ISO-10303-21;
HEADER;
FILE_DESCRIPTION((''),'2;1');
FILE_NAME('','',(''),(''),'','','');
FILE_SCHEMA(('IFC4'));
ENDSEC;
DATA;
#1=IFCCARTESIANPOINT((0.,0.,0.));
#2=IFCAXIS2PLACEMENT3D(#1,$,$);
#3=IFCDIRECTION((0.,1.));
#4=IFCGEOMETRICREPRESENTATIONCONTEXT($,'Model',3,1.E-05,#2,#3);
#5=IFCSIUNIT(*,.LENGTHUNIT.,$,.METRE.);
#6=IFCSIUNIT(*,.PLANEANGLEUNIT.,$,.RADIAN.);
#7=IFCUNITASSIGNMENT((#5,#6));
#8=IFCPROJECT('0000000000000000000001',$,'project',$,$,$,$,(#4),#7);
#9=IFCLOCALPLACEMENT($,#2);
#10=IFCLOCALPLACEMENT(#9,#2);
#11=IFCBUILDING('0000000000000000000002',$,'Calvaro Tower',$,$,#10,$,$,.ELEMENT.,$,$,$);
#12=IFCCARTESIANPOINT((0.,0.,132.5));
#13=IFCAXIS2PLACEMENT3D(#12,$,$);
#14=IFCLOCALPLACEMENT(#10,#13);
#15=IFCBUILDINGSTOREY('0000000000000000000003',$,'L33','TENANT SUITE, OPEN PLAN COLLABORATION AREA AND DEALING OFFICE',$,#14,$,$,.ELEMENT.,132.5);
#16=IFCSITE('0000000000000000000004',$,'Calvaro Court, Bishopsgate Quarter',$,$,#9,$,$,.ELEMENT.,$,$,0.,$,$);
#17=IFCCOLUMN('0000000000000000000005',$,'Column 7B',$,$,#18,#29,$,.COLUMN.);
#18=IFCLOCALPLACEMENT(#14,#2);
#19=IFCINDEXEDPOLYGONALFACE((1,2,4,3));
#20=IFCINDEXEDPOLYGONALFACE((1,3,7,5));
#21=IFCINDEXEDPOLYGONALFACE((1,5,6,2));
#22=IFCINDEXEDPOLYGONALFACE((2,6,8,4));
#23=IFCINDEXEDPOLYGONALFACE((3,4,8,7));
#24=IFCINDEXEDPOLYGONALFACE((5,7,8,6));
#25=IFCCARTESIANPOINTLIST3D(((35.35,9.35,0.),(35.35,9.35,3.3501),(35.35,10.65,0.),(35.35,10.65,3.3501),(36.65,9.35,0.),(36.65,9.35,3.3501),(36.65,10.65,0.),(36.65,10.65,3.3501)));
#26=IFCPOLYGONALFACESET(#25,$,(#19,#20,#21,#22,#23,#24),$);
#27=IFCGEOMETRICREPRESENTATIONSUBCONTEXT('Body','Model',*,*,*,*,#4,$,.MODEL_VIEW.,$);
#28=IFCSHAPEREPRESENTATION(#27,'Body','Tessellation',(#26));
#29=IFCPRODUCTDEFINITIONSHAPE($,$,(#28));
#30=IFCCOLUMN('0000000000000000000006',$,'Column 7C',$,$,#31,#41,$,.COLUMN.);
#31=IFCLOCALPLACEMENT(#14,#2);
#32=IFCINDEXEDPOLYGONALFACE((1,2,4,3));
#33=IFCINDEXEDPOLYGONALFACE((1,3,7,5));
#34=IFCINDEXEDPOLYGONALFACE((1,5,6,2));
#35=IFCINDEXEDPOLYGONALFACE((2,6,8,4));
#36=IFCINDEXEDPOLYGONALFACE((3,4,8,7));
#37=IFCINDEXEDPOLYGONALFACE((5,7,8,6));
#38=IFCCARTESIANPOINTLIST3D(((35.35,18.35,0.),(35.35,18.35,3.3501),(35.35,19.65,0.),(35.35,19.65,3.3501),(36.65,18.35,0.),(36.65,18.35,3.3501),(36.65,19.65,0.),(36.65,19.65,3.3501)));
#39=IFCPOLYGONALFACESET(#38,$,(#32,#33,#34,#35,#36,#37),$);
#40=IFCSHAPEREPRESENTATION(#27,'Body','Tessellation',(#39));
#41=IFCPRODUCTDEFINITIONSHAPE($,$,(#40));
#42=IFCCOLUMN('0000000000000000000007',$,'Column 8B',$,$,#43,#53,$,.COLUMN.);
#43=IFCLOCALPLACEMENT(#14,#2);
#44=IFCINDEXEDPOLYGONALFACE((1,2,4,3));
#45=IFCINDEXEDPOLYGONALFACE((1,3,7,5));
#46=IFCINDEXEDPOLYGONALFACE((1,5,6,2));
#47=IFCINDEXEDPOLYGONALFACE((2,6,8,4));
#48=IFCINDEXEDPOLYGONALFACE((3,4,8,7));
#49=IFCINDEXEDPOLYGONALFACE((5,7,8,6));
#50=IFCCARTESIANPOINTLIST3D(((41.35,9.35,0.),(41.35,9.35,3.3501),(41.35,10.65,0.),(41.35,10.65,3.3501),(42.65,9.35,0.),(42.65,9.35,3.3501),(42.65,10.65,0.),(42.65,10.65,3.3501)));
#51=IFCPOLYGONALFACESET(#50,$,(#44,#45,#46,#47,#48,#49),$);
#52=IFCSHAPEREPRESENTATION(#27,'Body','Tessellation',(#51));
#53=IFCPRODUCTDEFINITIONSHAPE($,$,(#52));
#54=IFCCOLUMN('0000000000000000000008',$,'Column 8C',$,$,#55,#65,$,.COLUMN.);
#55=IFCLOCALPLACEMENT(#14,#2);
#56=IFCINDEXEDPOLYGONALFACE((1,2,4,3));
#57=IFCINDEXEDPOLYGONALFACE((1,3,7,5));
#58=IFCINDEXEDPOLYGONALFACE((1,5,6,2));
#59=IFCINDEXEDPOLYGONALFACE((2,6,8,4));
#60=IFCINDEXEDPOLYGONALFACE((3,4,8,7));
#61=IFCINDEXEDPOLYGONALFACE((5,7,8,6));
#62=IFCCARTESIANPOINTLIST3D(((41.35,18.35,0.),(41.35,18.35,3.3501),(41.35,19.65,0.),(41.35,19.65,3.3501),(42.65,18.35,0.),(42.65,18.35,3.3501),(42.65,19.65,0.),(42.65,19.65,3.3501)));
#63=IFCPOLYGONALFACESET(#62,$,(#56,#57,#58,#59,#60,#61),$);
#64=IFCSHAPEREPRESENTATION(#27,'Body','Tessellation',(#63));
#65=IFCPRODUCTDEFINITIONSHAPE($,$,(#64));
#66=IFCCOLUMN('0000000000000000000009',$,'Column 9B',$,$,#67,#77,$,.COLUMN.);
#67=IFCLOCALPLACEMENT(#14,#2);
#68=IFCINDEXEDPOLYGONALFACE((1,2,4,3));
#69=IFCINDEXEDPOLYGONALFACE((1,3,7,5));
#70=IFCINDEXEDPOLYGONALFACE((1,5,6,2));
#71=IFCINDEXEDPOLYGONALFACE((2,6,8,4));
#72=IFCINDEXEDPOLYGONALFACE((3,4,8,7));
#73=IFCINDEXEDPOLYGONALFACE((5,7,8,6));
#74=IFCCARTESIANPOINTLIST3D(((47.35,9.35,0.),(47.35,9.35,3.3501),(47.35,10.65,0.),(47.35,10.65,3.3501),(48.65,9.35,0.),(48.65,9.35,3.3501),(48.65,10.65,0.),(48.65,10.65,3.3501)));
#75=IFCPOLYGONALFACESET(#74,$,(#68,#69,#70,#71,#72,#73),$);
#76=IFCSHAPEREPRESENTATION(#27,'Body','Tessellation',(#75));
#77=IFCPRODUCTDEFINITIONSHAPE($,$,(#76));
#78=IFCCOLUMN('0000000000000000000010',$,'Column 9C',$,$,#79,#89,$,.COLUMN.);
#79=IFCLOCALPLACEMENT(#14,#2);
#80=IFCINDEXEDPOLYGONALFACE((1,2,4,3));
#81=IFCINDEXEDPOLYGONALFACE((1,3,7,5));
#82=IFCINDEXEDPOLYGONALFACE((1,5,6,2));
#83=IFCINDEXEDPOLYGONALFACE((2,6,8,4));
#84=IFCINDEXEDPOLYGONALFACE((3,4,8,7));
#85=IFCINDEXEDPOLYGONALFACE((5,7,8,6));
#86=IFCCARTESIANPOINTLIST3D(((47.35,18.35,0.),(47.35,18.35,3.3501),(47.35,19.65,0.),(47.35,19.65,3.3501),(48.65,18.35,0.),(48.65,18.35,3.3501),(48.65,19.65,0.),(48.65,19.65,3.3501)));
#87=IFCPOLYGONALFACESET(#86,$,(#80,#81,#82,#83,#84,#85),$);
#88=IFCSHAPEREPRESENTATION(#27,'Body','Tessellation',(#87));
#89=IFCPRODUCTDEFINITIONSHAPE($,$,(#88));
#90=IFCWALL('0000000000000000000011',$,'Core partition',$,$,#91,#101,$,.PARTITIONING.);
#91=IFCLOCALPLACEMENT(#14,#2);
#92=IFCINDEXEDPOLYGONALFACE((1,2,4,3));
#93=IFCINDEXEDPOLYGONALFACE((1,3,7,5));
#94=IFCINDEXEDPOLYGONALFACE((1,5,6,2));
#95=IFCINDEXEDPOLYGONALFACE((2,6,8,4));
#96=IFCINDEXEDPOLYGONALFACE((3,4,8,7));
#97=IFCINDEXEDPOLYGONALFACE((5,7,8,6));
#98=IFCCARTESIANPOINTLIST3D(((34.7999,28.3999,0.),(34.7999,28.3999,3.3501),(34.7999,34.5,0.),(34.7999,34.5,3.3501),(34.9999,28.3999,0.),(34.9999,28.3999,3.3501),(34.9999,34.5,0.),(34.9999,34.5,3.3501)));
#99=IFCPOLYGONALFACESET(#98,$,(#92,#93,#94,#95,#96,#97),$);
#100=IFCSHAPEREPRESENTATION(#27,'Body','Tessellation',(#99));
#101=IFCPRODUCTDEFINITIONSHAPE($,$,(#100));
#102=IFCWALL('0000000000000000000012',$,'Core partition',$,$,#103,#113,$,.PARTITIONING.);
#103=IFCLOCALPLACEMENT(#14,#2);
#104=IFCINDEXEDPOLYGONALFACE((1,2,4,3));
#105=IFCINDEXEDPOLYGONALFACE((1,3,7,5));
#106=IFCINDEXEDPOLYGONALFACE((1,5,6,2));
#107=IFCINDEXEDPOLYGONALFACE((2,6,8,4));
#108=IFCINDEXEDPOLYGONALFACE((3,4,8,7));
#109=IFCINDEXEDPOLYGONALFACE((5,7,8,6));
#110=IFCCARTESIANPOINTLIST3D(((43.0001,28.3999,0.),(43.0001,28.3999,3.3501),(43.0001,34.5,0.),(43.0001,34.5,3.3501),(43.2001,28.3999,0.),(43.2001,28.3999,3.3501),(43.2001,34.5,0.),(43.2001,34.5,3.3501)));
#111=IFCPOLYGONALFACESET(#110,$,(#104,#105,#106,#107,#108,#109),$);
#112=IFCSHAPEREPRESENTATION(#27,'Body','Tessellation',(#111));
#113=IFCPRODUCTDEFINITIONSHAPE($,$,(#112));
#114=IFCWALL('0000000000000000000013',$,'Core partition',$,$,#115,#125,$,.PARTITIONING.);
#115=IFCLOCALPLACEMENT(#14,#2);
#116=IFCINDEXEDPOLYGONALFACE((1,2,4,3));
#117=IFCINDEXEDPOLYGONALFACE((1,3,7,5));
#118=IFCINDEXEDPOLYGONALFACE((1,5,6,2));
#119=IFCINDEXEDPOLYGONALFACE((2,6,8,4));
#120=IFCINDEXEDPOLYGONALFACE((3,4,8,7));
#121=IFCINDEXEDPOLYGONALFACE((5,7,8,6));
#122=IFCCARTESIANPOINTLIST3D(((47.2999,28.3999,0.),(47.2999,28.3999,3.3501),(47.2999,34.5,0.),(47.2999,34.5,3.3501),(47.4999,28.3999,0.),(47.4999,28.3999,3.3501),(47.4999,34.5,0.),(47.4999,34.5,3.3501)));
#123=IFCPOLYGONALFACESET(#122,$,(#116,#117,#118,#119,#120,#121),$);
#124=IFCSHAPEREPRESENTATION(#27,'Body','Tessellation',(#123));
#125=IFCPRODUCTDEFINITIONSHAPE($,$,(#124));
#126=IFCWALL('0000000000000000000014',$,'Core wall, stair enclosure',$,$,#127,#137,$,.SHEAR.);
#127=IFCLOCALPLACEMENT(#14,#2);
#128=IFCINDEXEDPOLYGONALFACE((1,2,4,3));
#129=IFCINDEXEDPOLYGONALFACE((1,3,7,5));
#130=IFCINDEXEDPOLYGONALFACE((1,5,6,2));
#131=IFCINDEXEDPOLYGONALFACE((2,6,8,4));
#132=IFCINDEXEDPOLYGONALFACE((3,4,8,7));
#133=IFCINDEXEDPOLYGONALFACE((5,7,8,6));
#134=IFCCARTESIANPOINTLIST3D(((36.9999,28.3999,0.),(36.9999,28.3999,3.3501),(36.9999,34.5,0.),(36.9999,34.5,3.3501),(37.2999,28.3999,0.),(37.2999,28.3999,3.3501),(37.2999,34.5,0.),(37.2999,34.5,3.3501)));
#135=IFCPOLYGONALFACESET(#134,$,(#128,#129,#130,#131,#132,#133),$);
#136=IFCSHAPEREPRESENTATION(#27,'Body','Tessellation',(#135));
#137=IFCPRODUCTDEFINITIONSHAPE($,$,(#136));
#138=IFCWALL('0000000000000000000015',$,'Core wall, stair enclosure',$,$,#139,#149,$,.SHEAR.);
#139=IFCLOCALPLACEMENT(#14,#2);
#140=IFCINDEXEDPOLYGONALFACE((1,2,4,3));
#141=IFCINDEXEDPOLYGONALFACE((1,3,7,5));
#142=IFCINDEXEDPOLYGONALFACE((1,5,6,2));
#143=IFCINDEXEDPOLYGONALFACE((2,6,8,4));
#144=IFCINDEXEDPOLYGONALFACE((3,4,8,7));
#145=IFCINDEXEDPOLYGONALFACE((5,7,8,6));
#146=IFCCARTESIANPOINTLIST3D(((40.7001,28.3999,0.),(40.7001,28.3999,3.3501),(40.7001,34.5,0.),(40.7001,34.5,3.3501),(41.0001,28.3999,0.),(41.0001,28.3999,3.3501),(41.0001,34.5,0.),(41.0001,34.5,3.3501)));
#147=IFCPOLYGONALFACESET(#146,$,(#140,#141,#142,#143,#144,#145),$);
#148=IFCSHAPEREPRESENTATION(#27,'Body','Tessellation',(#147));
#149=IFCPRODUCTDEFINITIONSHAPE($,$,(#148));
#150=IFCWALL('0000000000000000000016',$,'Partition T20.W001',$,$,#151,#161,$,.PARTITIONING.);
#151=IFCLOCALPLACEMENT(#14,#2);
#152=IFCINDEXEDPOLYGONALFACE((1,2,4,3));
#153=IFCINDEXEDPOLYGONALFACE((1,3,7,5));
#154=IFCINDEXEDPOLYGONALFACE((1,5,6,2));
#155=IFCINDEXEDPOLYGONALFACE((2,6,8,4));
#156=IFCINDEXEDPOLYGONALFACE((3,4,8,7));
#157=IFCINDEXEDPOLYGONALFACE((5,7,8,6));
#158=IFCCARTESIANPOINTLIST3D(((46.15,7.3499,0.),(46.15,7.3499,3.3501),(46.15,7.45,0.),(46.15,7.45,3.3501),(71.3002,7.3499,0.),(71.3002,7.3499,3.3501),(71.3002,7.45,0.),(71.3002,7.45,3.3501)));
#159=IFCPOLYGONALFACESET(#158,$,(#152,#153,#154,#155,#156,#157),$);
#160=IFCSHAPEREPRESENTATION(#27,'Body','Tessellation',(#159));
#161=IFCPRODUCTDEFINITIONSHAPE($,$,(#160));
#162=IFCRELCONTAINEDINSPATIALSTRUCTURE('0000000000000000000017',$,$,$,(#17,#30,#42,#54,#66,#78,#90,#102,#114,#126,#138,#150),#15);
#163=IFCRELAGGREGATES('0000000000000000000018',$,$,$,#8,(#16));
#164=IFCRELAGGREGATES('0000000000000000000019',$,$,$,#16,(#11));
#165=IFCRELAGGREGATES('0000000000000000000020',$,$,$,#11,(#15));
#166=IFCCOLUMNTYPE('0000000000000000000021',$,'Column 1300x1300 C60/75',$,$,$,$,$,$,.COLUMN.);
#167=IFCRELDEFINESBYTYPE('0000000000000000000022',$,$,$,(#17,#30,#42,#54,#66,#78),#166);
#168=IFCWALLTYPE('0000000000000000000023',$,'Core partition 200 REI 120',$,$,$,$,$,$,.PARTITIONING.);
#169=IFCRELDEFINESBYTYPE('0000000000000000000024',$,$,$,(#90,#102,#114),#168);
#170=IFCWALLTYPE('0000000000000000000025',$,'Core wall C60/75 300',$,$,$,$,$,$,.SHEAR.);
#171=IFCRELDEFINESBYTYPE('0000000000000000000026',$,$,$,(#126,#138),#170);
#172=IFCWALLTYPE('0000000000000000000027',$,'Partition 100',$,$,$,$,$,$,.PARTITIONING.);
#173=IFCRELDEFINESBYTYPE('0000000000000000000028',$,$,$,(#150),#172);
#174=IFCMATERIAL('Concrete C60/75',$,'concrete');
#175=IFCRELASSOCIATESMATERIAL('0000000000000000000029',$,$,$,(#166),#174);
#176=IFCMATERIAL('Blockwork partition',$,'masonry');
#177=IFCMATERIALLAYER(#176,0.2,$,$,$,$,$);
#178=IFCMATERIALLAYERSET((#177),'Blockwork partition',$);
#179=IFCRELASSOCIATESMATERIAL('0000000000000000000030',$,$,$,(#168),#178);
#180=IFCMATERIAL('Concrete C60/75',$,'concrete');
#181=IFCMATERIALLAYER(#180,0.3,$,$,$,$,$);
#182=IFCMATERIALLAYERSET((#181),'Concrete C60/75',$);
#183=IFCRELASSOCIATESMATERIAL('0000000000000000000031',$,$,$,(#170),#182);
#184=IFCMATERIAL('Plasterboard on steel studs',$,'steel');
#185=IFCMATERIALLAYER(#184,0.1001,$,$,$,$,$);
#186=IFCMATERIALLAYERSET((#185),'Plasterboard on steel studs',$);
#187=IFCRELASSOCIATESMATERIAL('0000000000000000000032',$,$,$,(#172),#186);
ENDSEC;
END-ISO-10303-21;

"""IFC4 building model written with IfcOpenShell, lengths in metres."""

from ifc_helpers import new_model, si_unit, direction, frame, frame_2d, origin, origin_2d, place, context, subcontext, project, spatial, rectangle, extrude, material, layer, layer_set, material_profile, profile_set, type_object, element, save


model = new_model("IFC4")

# Units and contexts
model_context = context("Model", 3, precision=1e-05, world=origin(), true_north=direction((0.0, 1.0)))
body_context = subcontext(model_context, "Body", "Model", "MODEL_VIEW")
ifc_project = project(units=[si_unit("LENGTHUNIT", "METRE"), si_unit("PLANEANGLEUNIT", "RADIAN")], contexts=[model_context])

# Site, building, storey
site_placement = place(None, origin())
site = spatial("IfcSite", under=ifc_project, at=site_placement, Name="Calvaro Court, Bishopsgate Quarter", CompositionType="ELEMENT", RefElevation=0.0)
building_placement = place(site_placement, origin())
building = spatial("IfcBuilding", under=site, at=building_placement, Name="Calvaro Tower", CompositionType="ELEMENT")
storey_placement = place(building_placement, frame((0.0, 0.0, 132.5)))
storey = spatial("IfcBuildingStorey", under=building, at=storey_placement, Name="L33", Description="TENANT SUITE, OPEN PLAN COLLABORATION AREA AND DEALING OFFICE", CompositionType="ELEMENT", Elevation=132.5)

# Columns
ifc_material_1 = material(Name="Concrete C60/75", Category="concrete")
ifc_material_profile = material_profile(ifc_material_1, rectangle(XDim=1.3, YDim=1.3, at=origin_2d()), Name="RC 1300x1300")
ifc_profile_set = profile_set([ifc_material_profile], Name="Concrete C60/75")
column_type = type_object("IfcColumnType", Name="Column 1300x1300 C60/75", PredefinedType="COLUMN", material=ifc_profile_set)
for number, where, z_axis, x_axis, name in (
    (1, (36.0, 10.0, 0.0), (0.0, 0.0, 1.0), (1.0, 0.0, 0.0), "Column 7B"),
    (2, (36.0, 19.0, 0.0), (0.0, 0.0, 1.0), (1.0, 0.0, 0.0), "Column 7C"),
    (3, (42.0, 10.0, 0.0), (0.0, 0.0, 1.0), (1.0, 0.0, 0.0), "Column 8B"),
    (4, (42.0, 19.0, 0.0), (0.0, 0.0, 1.0), (1.0, 0.0, 0.0), "Column 8C"),
    (5, (48.0, 10.0, 0.0), (0.0, 0.0, 1.0), (1.0, 0.0, 0.0), "Column 9B"),
    (6, (48.0, 19.0, 0.0), (0.0, 0.0, 1.0), (1.0, 0.0, 0.0), "Column 9C"),
):
    element("IfcColumn", number, at=place(storey_placement, frame(where, z_axis=z_axis, x_axis=x_axis)), inside=storey, type_object=column_type, Name=name, PredefinedType="COLUMN", context=body_context, shape_type="SweptSolid", body=[
        extrude(rectangle(XDim=1.3, YDim=1.3, at=origin_2d()), origin(), (0.0, 0.0, 1.0), 3.3501),
    ])

# Walls
ifc_material_2 = material(Name="Blockwork partition", Category="masonry")
ifc_layer_1 = layer(ifc_material_2, 0.2)
ifc_layer_set_1 = layer_set([ifc_layer_1], Name="Blockwork partition")
wall_type_1 = type_object("IfcWallType", Name="Core partition 200 REI 120", PredefinedType="PARTITIONING", material=ifc_layer_set_1)
for number, where, z_axis, x_axis, name in (
    (7, (34.8999, 28.3999, 0.0), (0.0, 0.0, 1.0), (0.0, 1.0, 0.0), "Core partition"),
    (8, (43.1001, 28.3999, 0.0), (0.0, 0.0, 1.0), (0.0, 1.0, 0.0), "Core partition"),
    (9, (47.3999, 28.3999, 0.0), (0.0, 0.0, 1.0), (0.0, 1.0, 0.0), "Core partition"),
):
    element("IfcWall", number, at=place(storey_placement, frame(where, z_axis=z_axis, x_axis=x_axis)), inside=storey, type_object=wall_type_1, Name=name, PredefinedType="PARTITIONING", context=body_context, shape_type="SweptSolid", body=[
        extrude(rectangle(XDim=6.1001, YDim=0.2, at=frame_2d((3.05, 0.0))), origin(), (0.0, 0.0, 1.0), 3.3501),
    ])
ifc_material_3 = material(Name="Concrete C60/75", Category="concrete")
ifc_layer_2 = layer(ifc_material_3, 0.3)
ifc_layer_set_2 = layer_set([ifc_layer_2], Name="Concrete C60/75")
wall_type_2 = type_object("IfcWallType", Name="Core wall C60/75 300", PredefinedType="SHEAR", material=ifc_layer_set_2)
for number, where, z_axis, x_axis, name in (
    (10, (37.1499, 28.3999, 0.0), (0.0, 0.0, 1.0), (0.0, 1.0, 0.0), "Core wall, stair enclosure"),
    (11, (40.8501, 28.3999, 0.0), (0.0, 0.0, 1.0), (0.0, 1.0, 0.0), "Core wall, stair enclosure"),
):
    element("IfcWall", number, at=place(storey_placement, frame(where, z_axis=z_axis, x_axis=x_axis)), inside=storey, type_object=wall_type_2, Name=name, PredefinedType="SHEAR", context=body_context, shape_type="SweptSolid", body=[
        extrude(rectangle(XDim=6.1001, YDim=0.3, at=frame_2d((3.05, 0.0))), origin(), (0.0, 0.0, 1.0), 3.3501),
    ])
ifc_material_4 = material(Name="Plasterboard on steel studs", Category="steel")
ifc_layer_3 = layer(ifc_material_4, 0.1001)
ifc_layer_set_3 = layer_set([ifc_layer_3], Name="Plasterboard on steel studs")
wall_type_3 = type_object("IfcWallType", Name="Partition 100", PredefinedType="PARTITIONING", material=ifc_layer_set_3)
wall_1_placement = place(storey_placement, frame((46.1499, 7.3999, 0.0), z_axis=(0.0, 0.0, 1.0), x_axis=(1.0, 0.0, 0.0)))
element("IfcWall", 12, at=wall_1_placement, inside=storey, type_object=wall_type_3, Name="Partition T20.W001", PredefinedType="PARTITIONING", context=body_context, shape_type="SweptSolid", body=[
    extrude(rectangle(XDim=25.1501, YDim=0.1001, at=frame_2d((12.5752, 0.0))), origin(), (0.0, 0.0, 1.0), 3.3501),
])

save(model, "model.ifc")
